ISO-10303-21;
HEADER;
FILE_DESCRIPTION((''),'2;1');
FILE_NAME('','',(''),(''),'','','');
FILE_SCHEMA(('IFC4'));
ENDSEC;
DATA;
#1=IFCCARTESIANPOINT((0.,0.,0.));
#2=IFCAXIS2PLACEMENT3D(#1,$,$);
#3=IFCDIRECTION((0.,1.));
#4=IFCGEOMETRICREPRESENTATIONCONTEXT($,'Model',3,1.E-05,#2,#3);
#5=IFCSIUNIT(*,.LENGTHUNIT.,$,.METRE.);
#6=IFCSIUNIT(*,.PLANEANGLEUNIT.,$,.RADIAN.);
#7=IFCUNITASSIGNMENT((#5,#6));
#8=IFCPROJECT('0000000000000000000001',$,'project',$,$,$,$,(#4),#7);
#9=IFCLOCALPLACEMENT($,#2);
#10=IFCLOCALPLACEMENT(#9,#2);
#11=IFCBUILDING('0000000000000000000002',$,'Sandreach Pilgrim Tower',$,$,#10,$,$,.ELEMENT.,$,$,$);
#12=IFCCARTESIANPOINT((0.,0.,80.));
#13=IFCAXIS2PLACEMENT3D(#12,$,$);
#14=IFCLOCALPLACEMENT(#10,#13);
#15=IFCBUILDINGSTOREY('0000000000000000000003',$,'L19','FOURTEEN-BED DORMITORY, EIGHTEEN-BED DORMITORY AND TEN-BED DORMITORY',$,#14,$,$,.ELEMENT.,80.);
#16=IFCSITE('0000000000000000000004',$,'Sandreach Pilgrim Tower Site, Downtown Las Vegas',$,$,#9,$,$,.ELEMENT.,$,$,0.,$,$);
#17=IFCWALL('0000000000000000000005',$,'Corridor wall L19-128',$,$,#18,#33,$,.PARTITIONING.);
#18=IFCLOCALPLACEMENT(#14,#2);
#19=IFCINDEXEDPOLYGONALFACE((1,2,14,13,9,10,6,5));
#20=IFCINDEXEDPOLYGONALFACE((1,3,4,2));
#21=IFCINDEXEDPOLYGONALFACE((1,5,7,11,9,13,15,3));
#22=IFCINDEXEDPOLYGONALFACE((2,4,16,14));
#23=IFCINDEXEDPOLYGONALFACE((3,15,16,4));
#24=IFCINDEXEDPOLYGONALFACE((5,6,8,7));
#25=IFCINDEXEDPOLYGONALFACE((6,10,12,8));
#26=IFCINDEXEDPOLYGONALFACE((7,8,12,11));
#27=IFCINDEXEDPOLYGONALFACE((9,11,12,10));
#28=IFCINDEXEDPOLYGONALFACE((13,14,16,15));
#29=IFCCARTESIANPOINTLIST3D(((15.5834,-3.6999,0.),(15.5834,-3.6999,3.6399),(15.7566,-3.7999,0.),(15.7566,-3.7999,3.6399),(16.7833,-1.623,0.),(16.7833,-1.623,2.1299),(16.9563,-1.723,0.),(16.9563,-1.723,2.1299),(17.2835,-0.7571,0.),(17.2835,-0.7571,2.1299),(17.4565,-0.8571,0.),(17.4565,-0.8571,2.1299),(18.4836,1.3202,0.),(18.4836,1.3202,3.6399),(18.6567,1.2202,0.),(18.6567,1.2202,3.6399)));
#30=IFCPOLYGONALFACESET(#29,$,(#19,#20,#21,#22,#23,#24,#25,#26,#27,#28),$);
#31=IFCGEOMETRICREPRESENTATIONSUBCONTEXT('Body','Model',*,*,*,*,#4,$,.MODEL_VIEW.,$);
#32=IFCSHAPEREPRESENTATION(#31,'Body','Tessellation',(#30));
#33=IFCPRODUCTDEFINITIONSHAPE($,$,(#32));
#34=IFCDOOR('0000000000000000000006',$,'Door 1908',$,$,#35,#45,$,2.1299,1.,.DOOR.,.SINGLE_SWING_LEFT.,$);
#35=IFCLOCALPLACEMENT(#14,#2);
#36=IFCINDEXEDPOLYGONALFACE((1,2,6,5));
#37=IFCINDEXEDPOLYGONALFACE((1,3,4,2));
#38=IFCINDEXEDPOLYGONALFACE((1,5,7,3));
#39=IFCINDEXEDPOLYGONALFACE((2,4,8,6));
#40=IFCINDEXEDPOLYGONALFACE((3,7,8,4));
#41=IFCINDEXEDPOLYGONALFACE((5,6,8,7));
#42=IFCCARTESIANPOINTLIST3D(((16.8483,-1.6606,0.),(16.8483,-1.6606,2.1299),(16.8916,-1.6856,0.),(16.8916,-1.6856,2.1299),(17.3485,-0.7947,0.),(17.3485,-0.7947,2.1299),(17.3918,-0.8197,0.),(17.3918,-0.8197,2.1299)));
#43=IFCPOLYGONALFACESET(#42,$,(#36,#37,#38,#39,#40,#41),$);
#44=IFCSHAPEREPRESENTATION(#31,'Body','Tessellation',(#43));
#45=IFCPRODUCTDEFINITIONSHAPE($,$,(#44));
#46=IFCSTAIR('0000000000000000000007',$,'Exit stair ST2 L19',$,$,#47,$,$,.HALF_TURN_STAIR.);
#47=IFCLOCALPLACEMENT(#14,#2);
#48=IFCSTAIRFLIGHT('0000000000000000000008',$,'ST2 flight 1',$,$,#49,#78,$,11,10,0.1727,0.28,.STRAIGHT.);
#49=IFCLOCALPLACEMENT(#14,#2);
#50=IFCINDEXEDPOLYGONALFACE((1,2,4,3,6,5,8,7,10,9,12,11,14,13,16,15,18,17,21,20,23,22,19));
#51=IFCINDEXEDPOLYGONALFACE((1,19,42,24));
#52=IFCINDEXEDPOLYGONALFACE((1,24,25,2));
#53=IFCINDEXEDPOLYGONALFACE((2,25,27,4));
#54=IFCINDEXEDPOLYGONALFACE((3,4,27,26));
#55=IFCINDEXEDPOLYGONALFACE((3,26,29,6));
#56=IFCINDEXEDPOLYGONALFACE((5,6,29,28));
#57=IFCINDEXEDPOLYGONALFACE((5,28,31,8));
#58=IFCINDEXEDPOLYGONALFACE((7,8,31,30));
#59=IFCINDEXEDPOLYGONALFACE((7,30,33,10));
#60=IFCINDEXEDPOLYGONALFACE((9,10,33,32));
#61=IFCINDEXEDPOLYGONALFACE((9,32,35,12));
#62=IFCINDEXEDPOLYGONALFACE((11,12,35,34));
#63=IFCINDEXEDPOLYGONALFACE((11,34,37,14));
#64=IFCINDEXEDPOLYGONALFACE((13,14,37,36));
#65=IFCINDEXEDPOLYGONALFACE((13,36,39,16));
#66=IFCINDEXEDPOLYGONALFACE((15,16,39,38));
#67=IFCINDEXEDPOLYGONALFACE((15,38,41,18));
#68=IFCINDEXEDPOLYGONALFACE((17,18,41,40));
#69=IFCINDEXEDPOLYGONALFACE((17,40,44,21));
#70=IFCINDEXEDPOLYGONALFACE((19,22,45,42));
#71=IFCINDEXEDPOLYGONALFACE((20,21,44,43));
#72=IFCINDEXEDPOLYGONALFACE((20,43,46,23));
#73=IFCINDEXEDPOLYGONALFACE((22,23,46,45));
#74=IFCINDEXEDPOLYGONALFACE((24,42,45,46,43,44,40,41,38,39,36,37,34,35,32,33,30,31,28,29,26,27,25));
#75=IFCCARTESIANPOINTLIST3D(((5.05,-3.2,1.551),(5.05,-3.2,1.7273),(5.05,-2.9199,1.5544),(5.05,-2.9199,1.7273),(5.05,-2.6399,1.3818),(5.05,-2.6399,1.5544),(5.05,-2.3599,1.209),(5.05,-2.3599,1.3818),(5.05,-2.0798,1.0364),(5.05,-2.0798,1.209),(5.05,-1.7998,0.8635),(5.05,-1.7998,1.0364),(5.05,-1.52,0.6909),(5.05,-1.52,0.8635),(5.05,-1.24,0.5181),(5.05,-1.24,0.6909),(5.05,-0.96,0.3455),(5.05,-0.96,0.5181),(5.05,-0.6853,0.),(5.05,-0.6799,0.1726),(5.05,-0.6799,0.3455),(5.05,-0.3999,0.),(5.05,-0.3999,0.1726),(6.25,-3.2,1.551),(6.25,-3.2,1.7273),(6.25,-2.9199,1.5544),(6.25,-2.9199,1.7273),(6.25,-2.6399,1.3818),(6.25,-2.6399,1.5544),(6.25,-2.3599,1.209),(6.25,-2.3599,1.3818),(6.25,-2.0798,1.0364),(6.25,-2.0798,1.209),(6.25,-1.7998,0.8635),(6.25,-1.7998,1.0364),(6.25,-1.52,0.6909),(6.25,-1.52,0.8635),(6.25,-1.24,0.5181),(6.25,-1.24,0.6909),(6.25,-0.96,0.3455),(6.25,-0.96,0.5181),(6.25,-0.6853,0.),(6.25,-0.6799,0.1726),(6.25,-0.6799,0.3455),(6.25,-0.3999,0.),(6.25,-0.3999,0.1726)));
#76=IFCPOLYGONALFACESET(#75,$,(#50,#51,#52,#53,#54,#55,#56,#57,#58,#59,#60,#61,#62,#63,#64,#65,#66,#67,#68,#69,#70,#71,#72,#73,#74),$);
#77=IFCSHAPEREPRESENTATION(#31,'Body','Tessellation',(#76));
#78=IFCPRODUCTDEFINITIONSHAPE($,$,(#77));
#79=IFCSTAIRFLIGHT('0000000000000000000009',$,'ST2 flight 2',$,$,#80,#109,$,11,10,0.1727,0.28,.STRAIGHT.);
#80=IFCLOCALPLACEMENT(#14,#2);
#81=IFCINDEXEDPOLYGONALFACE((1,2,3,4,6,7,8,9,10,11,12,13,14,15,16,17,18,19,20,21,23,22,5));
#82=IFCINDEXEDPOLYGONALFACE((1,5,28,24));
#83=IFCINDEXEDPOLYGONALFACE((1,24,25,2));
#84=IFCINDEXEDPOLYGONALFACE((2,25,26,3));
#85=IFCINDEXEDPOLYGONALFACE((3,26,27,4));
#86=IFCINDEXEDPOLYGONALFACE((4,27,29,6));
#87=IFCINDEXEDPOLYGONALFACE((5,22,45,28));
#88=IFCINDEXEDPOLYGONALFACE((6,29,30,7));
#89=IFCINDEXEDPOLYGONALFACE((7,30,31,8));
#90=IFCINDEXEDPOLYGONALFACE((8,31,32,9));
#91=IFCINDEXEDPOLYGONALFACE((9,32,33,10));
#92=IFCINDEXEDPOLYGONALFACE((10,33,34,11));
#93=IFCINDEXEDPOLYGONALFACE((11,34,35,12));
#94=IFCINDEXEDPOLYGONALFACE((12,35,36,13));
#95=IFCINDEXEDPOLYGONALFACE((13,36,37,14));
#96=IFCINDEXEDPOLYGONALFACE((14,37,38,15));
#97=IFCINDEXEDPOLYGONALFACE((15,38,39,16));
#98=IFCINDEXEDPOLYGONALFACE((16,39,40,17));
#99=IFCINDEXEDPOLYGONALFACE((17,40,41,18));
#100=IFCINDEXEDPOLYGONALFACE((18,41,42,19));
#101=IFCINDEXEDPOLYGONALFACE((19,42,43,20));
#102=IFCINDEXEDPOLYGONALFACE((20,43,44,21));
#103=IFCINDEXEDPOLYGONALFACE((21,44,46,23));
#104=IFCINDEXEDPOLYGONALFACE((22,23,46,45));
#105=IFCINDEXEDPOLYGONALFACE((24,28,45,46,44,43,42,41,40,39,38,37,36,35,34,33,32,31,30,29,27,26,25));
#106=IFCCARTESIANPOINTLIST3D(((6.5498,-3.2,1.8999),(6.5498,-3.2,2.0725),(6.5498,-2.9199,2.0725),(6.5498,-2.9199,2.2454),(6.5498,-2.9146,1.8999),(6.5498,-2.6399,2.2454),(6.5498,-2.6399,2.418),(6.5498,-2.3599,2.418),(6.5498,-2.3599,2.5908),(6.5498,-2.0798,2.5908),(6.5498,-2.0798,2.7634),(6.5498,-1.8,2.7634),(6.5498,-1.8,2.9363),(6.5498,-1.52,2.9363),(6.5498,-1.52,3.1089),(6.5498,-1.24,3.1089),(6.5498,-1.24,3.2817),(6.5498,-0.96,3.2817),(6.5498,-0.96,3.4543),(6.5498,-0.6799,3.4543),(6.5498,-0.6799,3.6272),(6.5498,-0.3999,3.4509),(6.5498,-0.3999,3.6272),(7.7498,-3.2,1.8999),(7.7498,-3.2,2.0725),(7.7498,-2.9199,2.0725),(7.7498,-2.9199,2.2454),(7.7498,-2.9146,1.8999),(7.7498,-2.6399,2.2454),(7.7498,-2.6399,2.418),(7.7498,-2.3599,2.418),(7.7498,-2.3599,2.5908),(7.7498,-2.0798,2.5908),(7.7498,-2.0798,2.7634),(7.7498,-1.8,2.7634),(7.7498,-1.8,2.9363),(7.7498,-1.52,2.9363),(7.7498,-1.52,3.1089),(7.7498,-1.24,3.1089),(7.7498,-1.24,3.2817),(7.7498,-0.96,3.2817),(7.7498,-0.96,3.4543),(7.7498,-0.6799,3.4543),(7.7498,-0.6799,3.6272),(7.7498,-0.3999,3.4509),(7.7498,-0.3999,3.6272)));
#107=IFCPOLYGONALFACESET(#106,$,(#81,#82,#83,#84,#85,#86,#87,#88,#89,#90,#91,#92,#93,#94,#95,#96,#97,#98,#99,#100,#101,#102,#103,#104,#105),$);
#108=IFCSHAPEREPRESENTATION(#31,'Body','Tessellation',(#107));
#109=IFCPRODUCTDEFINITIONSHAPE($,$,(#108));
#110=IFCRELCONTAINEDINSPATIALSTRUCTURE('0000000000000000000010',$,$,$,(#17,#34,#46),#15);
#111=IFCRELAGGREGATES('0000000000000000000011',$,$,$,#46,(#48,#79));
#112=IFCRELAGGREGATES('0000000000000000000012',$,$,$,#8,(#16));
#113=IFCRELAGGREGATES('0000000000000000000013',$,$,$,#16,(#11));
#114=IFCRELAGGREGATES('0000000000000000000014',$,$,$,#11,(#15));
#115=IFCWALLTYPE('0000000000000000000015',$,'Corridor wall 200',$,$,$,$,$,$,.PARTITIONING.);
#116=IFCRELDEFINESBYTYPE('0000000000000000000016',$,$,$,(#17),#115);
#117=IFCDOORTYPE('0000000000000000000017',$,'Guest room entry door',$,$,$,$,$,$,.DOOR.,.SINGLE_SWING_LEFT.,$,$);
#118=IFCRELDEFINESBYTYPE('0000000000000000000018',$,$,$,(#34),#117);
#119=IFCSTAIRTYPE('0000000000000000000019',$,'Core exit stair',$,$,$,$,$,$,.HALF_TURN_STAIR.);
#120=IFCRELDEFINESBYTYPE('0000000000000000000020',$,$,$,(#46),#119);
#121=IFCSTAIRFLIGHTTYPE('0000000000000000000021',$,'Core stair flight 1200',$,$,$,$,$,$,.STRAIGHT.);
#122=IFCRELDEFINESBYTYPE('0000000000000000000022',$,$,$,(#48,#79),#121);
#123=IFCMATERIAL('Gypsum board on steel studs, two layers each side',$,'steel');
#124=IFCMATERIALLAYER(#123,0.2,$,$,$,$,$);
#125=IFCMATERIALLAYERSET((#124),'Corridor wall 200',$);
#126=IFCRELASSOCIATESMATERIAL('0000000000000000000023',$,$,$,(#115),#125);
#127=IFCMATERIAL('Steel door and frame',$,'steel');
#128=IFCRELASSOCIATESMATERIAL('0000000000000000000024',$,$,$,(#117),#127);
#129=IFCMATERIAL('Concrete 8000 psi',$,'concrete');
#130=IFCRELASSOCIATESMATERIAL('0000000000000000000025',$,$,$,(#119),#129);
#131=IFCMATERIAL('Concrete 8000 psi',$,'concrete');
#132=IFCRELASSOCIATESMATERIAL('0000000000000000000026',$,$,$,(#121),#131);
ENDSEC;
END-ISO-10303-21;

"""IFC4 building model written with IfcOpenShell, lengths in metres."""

from ifc_helpers import new_model, si_unit, direction, frame, frame_2d, origin, place, context, subcontext, project, spatial, polyline, rectangle, outline, extrude, material, layer, layer_set, type_object, element, fill, aggregate, save


model = new_model("IFC4")

# Units and contexts
model_context = context("Model", 3, precision=1e-05, world=origin(), true_north=direction((0.0, 1.0)))
body_context = subcontext(model_context, "Body", "Model", "MODEL_VIEW")
ifc_project = project(units=[si_unit("LENGTHUNIT", "METRE"), si_unit("PLANEANGLEUNIT", "RADIAN")], contexts=[model_context])

# Site, building, storey
site_placement = place(None, origin())
site = spatial("IfcSite", under=ifc_project, at=site_placement, Name="Sandreach Pilgrim Tower Site, Downtown Las Vegas", CompositionType="ELEMENT", RefElevation=0.0)
building_placement = place(site_placement, origin())
building = spatial("IfcBuilding", under=site, at=building_placement, Name="Sandreach Pilgrim Tower", CompositionType="ELEMENT")
storey_placement = place(building_placement, frame((0.0, 0.0, 80.0)))
storey = spatial("IfcBuildingStorey", under=building, at=storey_placement, Name="L19", Description="FOURTEEN-BED DORMITORY, EIGHTEEN-BED DORMITORY AND TEN-BED DORMITORY", CompositionType="ELEMENT", Elevation=80.0)

# Wall, opening, door
ifc_material_1 = material(Name="Gypsum board on steel studs, two layers each side", Category="steel")
ifc_layer_1 = layer(ifc_material_1, 0.2)
ifc_layer_set_1 = layer_set([ifc_layer_1], Name="Corridor wall 200")
wall_type_1 = type_object("IfcWallType", Name="Corridor wall 200", PredefinedType="PARTITIONING", material=ifc_layer_set_1)
ifc_material_2 = material(Name="Steel door and frame", Category="steel")
door_type_1 = type_object("IfcDoorType", Name="Guest room entry door", OperationType="SINGLE_SWING_LEFT", PredefinedType="DOOR", material=ifc_material_2)
wall_1_placement = place(storey_placement, frame((15.6699, -3.75, 0.0), z_axis=(0.0, 0.0, 1.0), x_axis=(0.500238, 0.865888, 0.0)))
wall_1 = element("IfcWall", 1, at=wall_1_placement, inside=storey, type_object=wall_type_1, Name="Corridor wall L19-128", PredefinedType="PARTITIONING", context=body_context, shape_type="SweptSolid", body=[
    extrude(rectangle(XDim=5.7976, YDim=0.2, at=frame_2d((2.8989, 0.0))), origin(), (0.0, 0.0, 1.0), 3.6399),
])
opening_1_placement = place(wall_1_placement, frame((2.3987, 0.0, 0.0)))
opening_1 = element("IfcOpeningElement", 2, at=opening_1_placement, cuts=wall_1, PredefinedType="OPENING", context=body_context, shape_type="SweptSolid", body=[
    extrude(rectangle(XDim=1.0, YDim=2.1299, at=frame_2d((0.5, 1.0649))), frame((0.0, 0.1001, 0.0), z_axis=(0.0, -1.0, 0.0), x_axis=(1.0, 0.0, 0.0)), (0.0, 0.0, 1.0), 0.2),
])
door_1_placement = place(opening_1_placement, origin())
door_1 = element("IfcDoor", 3, at=door_1_placement, inside=storey, type_object=door_type_1, Name="Door 1908", OperationType="SINGLE_SWING_LEFT", OverallHeight=2.1299, OverallWidth=1.0, PredefinedType="DOOR", context=body_context, shape_type="SweptSolid", body=[
    extrude(rectangle(XDim=1.0, YDim=2.1299, at=frame_2d((0.5, 1.0649))), frame((0.0, 0.0249, 0.0), z_axis=(0.0, -1.0, 0.0), x_axis=(1.0, 0.0, 0.0)), (0.0, 0.0, 1.0), 0.05),
])
fill(opening_1, door_1)

# Stair, stair flights
ifc_material_3 = material(Name="Concrete 8000 psi", Category="concrete")
stair_type = type_object("IfcStairType", Name="Core exit stair", PredefinedType="HALF_TURN_STAIR", material=ifc_material_3)
stair_placement = place(storey_placement, origin())
stair = element("IfcStair", 4, at=stair_placement, inside=storey, type_object=stair_type, Name="Exit stair ST2 L19", PredefinedType="HALF_TURN_STAIR")
ifc_material_4 = material(Name="Concrete 8000 psi", Category="concrete")
stair_flight_type = type_object("IfcStairFlightType", Name="Core stair flight 1200", PredefinedType="STRAIGHT", material=ifc_material_4)
stair_flight_1_placement = place(storey_placement, frame((5.6499, -0.3999, 0.0), z_axis=(0.0, 0.0, 1.0), x_axis=(0.0, -1.0, 0.0)))
stair_flight_1 = element("IfcStairFlight", 5, at=stair_flight_1_placement, type_object=stair_flight_type, Name="ST2 flight 1", NumberOfRisers=11, NumberOfTreads=10, PredefinedType="STRAIGHT", RiserHeight=0.1727, TreadLength=0.28, context=body_context, shape_type="SweptSolid", body=[
    extrude(outline(polyline([(0.0, 0.0), (0.0, 0.1726), (0.28, 0.1726), (0.28, 0.3455), (0.5601, 0.3455), (0.5601, 0.5181), (0.8401, 0.5181), (0.8401, 0.6909), (1.1201, 0.6909), (1.1201, 0.8635), (1.3999, 0.8635), (1.3999, 1.0364), (1.6799, 1.0364), (1.6799, 1.209), (1.96, 1.209), (1.96, 1.3818), (2.24, 1.3818), (2.24, 1.5544), (2.52, 1.5544), (2.52, 1.7273), (2.8, 1.7273), (2.8, 1.8999), (2.8, 1.551), (0.2854, 0.0), (0.0, 0.0)])), frame((0.0, 0.6001, 0.0), z_axis=(0.0, -1.0, 0.0), x_axis=(1.0, 0.0, 0.0)), (0.0, 0.0, 1.0), 1.2),
])
stair_flight_2_placement = place(storey_placement, frame((7.1499, -3.2, 1.8999), z_axis=(0.0, 0.0, 1.0), x_axis=(0.0, 1.0, 0.0)))
stair_flight_2 = element("IfcStairFlight", 6, at=stair_flight_2_placement, type_object=stair_flight_type, Name="ST2 flight 2", NumberOfRisers=11, NumberOfTreads=10, PredefinedType="STRAIGHT", RiserHeight=0.1727, TreadLength=0.28, context=body_context, shape_type="SweptSolid", body=[
    extrude(outline(polyline([(0.0, 0.0), (0.0, 0.1726), (0.28, 0.1726), (0.28, 0.3455), (0.5601, 0.3455), (0.5601, 0.5181), (0.8401, 0.5181), (0.8401, 0.6909), (1.1201, 0.6909), (1.1201, 0.8635), (1.3999, 0.8635), (1.3999, 1.0364), (1.6799, 1.0364), (1.6799, 1.209), (1.96, 1.209), (1.96, 1.3818), (2.24, 1.3818), (2.24, 1.5544), (2.52, 1.5544), (2.52, 1.7273), (2.8, 1.7273), (2.8, 1.8999), (2.8, 1.551), (0.2854, 0.0), (0.0, 0.0)])), frame((0.0, 0.6001, 0.0), z_axis=(0.0, -1.0, 0.0), x_axis=(1.0, 0.0, 0.0)), (0.0, 0.0, 1.0), 1.2),
])
aggregate(stair, [stair_flight_1, stair_flight_2])

save(model, "model.ifc")
